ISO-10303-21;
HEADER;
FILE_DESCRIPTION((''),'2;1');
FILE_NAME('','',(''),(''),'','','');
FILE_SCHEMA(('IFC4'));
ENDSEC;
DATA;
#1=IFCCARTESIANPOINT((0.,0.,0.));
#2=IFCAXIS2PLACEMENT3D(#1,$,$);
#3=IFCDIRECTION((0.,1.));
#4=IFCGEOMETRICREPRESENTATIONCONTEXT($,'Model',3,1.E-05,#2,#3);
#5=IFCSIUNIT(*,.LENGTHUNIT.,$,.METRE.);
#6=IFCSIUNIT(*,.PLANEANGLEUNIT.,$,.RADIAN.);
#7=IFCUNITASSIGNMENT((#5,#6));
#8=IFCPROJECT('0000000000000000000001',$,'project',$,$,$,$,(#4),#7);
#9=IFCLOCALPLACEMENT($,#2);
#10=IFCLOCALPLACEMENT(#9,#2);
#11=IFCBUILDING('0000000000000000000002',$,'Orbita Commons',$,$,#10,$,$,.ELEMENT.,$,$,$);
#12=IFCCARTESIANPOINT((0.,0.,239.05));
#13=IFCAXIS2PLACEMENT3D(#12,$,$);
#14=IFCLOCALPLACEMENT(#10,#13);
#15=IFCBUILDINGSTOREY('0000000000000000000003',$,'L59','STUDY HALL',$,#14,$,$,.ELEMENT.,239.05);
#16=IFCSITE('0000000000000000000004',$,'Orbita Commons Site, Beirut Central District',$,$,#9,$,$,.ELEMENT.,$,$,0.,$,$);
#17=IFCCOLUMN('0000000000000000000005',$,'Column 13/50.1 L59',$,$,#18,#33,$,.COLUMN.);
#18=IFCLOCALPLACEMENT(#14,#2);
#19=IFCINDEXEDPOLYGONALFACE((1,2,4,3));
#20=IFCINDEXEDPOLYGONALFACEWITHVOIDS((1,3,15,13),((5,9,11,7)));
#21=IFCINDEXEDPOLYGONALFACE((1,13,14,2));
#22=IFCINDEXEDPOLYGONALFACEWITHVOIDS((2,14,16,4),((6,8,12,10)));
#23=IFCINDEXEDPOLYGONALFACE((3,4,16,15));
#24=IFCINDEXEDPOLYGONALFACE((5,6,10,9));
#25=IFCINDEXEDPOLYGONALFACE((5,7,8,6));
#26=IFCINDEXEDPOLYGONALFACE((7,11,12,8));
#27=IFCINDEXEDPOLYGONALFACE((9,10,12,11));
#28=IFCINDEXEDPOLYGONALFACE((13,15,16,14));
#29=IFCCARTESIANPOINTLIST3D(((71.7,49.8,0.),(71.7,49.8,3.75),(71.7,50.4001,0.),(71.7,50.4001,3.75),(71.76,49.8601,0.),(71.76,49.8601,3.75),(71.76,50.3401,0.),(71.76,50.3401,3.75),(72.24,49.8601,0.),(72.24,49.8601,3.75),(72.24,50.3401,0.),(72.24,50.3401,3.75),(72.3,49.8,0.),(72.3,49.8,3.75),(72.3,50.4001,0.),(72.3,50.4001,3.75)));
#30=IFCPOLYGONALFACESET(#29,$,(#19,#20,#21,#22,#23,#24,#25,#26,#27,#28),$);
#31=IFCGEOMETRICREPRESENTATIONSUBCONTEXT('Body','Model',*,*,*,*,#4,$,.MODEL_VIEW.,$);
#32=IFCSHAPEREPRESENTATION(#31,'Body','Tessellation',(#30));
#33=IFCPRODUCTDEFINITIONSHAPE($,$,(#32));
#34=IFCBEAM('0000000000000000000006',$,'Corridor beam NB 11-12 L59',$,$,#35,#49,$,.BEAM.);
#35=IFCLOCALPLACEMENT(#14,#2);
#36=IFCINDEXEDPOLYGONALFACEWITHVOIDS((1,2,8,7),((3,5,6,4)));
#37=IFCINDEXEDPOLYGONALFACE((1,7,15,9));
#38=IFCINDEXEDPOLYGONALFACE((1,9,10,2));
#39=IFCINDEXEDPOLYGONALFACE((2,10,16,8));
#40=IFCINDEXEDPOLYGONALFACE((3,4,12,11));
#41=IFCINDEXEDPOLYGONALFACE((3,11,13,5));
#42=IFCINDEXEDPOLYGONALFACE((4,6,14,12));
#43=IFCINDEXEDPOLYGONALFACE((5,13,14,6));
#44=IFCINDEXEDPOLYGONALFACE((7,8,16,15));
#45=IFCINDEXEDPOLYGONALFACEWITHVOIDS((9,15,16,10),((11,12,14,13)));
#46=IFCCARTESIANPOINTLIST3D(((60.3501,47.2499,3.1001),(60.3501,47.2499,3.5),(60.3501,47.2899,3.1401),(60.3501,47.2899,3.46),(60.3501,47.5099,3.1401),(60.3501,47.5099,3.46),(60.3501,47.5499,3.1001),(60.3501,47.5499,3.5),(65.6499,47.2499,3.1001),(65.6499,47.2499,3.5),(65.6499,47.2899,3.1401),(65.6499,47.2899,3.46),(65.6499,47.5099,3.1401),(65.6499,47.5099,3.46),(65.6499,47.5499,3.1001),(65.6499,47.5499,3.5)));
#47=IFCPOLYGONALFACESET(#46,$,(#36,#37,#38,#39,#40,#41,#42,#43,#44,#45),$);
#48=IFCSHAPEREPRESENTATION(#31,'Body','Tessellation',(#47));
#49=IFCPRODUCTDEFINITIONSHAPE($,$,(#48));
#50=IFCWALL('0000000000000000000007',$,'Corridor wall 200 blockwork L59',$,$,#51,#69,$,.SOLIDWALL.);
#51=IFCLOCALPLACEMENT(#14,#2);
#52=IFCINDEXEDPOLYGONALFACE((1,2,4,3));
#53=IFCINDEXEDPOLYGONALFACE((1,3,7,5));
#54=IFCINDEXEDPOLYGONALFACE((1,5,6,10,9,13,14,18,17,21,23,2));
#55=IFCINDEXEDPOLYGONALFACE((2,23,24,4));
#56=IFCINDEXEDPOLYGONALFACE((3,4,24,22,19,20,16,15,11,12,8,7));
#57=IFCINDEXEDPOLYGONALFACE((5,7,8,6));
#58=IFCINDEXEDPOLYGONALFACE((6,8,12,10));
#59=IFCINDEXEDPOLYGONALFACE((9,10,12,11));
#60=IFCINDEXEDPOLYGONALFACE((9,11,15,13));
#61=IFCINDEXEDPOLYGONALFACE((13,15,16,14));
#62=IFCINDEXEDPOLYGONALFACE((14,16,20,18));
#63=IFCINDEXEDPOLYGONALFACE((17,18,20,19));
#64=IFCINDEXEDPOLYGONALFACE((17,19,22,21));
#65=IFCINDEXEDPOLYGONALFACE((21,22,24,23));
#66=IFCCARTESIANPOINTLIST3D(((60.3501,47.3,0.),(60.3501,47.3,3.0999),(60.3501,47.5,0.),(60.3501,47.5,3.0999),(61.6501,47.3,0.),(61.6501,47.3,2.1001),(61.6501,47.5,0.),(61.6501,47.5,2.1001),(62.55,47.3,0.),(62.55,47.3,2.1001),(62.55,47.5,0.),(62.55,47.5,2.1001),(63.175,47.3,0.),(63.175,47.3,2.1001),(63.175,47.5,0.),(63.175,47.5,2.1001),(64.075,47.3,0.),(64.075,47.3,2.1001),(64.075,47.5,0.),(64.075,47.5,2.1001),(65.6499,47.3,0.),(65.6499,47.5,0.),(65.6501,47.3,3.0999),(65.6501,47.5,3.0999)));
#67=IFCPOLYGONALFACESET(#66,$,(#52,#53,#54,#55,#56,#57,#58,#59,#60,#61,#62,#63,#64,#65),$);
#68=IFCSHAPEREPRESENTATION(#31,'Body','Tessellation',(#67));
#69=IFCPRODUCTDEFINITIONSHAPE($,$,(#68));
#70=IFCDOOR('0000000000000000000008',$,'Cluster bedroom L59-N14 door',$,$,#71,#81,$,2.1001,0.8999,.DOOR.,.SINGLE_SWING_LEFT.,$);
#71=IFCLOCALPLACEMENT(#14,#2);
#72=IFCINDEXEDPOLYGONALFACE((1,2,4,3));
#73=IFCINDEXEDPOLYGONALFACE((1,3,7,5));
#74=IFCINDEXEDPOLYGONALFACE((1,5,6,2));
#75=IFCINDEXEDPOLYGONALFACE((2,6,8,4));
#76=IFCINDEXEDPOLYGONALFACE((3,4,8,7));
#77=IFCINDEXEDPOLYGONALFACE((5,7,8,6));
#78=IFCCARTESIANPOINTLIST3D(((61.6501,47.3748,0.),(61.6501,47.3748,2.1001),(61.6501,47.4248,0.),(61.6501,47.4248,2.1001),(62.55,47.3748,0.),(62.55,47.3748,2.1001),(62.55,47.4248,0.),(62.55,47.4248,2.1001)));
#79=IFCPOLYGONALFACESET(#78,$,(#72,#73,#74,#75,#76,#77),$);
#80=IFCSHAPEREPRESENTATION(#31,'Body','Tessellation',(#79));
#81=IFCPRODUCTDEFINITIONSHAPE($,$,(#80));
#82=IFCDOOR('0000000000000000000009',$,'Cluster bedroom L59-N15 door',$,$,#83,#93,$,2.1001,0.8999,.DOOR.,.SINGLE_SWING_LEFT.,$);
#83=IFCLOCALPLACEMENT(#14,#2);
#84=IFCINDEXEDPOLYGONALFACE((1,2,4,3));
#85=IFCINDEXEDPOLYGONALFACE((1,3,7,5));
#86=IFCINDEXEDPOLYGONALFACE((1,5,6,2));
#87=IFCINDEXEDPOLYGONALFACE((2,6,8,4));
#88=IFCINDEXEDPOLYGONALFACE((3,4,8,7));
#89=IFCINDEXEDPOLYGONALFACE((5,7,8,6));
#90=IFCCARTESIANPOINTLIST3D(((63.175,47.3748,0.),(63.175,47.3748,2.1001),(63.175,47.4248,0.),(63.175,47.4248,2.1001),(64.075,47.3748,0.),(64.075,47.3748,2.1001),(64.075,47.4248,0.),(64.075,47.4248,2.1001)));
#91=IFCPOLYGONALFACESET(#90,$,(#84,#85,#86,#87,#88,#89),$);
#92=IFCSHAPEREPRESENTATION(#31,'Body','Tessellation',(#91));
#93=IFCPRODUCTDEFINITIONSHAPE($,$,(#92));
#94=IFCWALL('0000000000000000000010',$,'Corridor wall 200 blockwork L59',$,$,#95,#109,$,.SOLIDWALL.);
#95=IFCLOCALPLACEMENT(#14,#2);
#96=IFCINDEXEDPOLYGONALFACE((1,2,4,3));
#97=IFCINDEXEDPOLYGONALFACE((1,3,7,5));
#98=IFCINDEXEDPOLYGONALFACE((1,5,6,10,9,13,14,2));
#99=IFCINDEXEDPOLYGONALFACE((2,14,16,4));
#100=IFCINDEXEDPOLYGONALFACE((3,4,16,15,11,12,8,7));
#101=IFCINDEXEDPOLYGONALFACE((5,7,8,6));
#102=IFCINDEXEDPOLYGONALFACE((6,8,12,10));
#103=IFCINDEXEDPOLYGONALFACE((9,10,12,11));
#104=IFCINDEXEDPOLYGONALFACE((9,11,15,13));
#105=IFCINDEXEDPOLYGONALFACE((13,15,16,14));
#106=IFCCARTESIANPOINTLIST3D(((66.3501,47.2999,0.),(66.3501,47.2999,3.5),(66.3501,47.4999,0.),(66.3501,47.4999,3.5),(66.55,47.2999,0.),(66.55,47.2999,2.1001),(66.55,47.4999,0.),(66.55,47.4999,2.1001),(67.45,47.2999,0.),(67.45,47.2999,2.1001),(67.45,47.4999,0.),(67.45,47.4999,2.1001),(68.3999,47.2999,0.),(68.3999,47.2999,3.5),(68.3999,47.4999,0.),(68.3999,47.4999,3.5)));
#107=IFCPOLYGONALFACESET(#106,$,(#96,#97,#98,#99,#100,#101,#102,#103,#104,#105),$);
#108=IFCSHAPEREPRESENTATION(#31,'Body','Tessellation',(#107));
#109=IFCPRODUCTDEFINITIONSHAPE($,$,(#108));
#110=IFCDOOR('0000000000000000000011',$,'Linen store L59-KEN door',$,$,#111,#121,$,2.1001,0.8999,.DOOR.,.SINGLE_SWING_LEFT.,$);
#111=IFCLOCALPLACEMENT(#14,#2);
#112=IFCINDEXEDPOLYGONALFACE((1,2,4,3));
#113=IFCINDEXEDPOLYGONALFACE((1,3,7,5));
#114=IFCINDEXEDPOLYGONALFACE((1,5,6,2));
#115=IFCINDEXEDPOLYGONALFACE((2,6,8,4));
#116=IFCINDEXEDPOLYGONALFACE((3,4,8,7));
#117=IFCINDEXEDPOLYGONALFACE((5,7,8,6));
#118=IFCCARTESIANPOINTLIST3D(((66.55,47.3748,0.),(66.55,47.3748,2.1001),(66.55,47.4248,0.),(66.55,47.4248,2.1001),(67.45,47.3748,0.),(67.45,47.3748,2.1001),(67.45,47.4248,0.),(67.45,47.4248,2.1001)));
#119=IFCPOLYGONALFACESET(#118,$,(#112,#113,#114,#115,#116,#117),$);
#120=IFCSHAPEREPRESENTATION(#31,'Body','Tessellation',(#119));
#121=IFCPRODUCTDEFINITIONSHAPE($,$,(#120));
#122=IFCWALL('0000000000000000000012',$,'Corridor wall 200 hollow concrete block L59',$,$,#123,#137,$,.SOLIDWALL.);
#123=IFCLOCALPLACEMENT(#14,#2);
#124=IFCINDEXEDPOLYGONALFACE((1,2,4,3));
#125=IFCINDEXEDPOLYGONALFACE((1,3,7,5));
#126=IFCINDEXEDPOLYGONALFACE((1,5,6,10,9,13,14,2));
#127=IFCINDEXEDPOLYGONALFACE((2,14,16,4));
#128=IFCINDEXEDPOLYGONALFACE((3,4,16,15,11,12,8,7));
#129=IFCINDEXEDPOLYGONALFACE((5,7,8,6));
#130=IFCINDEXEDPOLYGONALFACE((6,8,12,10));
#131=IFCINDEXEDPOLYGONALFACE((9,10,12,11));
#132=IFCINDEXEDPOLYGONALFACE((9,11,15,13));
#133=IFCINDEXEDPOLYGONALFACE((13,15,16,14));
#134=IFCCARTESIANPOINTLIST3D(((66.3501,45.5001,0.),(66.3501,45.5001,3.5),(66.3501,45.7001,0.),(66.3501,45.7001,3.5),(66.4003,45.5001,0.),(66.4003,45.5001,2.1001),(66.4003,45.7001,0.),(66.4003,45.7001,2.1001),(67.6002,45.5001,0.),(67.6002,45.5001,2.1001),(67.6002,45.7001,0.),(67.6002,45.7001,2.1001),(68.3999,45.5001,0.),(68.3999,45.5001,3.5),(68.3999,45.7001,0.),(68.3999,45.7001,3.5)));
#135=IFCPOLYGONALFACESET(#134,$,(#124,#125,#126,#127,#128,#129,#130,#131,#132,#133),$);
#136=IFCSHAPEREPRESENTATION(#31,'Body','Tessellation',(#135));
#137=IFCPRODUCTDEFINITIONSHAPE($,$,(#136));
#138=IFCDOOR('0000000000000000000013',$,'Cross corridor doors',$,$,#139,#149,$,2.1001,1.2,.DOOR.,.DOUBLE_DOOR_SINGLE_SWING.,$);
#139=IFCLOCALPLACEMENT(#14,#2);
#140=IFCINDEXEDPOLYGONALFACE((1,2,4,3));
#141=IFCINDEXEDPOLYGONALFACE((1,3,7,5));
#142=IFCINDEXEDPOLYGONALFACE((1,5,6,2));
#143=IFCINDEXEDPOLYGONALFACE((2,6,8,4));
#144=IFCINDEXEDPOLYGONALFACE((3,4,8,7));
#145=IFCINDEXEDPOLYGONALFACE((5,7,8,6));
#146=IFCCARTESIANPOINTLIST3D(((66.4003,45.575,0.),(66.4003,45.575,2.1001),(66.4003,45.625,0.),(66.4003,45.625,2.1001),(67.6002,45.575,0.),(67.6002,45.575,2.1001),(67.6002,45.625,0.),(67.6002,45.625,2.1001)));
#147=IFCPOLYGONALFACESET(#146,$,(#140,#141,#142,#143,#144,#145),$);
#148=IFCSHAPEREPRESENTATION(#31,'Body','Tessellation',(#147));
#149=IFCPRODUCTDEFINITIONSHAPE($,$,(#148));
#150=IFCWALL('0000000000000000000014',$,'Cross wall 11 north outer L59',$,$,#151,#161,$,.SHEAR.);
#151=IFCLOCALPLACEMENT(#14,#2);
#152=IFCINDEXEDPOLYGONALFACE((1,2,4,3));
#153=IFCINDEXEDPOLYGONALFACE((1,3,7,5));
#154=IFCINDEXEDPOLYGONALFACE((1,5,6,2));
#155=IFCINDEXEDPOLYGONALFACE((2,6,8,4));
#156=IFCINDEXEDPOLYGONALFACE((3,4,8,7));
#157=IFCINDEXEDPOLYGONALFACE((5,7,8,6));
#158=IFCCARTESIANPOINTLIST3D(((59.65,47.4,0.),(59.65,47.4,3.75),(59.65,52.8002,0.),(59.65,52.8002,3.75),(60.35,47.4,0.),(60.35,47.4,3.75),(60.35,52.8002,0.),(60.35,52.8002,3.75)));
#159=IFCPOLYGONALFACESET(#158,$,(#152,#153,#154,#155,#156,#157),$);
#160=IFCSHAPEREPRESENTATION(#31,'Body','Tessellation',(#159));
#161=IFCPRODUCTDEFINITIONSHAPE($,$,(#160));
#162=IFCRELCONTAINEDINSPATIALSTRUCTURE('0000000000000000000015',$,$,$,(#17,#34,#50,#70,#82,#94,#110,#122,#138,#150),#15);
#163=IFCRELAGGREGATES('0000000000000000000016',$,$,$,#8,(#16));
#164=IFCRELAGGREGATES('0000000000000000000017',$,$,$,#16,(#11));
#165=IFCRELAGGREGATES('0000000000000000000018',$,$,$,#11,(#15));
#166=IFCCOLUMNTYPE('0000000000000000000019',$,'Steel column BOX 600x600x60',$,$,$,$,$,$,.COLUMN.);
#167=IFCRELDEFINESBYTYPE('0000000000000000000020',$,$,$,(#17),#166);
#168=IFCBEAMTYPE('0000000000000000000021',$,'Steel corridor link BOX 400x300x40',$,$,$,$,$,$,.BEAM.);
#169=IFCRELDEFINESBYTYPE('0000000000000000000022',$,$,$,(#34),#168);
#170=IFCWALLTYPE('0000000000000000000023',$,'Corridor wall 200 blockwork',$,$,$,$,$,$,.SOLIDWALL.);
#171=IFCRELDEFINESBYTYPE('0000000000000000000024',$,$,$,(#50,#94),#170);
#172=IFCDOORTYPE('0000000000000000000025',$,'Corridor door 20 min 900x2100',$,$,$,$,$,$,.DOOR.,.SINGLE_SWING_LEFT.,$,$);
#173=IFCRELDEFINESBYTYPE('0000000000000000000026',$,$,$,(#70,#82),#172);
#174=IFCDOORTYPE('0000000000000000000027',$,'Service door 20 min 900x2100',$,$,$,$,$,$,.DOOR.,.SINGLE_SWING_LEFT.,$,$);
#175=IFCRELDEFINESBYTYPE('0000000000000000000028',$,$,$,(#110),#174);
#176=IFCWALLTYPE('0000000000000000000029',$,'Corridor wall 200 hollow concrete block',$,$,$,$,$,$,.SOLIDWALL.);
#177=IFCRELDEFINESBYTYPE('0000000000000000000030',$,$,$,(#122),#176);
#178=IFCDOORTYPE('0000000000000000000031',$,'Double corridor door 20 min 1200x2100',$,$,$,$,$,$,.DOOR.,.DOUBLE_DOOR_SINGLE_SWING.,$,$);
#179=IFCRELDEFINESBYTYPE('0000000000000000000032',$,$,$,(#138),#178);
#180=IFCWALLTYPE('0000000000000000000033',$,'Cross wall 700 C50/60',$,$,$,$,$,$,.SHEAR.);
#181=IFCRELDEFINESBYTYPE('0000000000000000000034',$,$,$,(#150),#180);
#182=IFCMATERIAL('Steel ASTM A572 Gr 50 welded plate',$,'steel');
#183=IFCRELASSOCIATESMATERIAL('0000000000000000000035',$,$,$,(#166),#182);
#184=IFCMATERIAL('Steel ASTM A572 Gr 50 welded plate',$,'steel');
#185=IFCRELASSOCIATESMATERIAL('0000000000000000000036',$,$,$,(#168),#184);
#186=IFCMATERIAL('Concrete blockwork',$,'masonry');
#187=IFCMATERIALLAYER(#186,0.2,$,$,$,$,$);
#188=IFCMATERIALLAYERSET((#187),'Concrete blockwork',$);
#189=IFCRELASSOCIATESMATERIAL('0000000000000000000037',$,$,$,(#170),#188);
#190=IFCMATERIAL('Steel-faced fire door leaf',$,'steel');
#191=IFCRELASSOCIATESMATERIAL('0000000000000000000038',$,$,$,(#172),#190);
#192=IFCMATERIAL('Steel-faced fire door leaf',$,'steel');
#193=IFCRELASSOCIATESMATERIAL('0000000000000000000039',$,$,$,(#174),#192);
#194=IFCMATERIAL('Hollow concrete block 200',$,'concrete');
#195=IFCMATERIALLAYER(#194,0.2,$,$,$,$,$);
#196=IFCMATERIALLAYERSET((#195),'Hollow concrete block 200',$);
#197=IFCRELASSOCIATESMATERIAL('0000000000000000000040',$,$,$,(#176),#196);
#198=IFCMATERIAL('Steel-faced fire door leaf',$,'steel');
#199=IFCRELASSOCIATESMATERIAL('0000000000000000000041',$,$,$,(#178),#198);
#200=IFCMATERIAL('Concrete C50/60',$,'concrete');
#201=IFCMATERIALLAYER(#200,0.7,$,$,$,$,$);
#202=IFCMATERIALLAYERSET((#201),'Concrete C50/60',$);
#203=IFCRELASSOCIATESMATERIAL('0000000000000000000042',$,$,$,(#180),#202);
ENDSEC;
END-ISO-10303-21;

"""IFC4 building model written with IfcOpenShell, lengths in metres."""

from ifc_helpers import new_model, si_unit, direction, frame, frame_2d, origin, origin_2d, place, context, subcontext, project, spatial, polyline, rectangle, hollow_rectangle, outline, extrude, material, layer, layer_set, material_profile, profile_set, type_object, element, fill, save


model = new_model("IFC4")

# Units and contexts
model_context = context("Model", 3, precision=1e-05, world=origin(), true_north=direction((0.0, 1.0)))
body_context = subcontext(model_context, "Body", "Model", "MODEL_VIEW")
ifc_project = project(units=[si_unit("LENGTHUNIT", "METRE"), si_unit("PLANEANGLEUNIT", "RADIAN")], contexts=[model_context])

# Site, building, storey
site_placement = place(None, origin())
site = spatial("IfcSite", under=ifc_project, at=site_placement, Name="Orbita Commons Site, Beirut Central District", CompositionType="ELEMENT", RefElevation=0.0)
building_placement = place(site_placement, origin())
building = spatial("IfcBuilding", under=site, at=building_placement, Name="Orbita Commons", CompositionType="ELEMENT")
storey_placement = place(building_placement, frame((0.0, 0.0, 239.05)))
storey = spatial("IfcBuildingStorey", under=building, at=storey_placement, Name="L59", Description="STUDY HALL", CompositionType="ELEMENT", Elevation=239.05)

# Column
ifc_material_1 = material(Name="Steel ASTM A572 Gr 50 welded plate", Category="steel")
ifc_material_profile_1 = material_profile(ifc_material_1, hollow_rectangle(XDim=0.6001, YDim=0.6001, WallThickness=0.0601, at=origin_2d()), Name="BOX 600x600x60")
ifc_profile_set_1 = profile_set([ifc_material_profile_1], Name="Steel ASTM A572 Gr 50 welded plate")
column_type = type_object("IfcColumnType", Name="Steel column BOX 600x600x60", PredefinedType="COLUMN", material=ifc_profile_set_1)
column_placement = place(storey_placement, frame((72.0, 50.1001, 0.0), z_axis=(0.0, 0.0, 1.0), x_axis=(1.0, 0.0, 0.0)))
element("IfcColumn", 1, at=column_placement, inside=storey, type_object=column_type, Name="Column 13/50.1 L59", PredefinedType="COLUMN", context=body_context, shape_type="SweptSolid", body=[
    extrude(hollow_rectangle(XDim=0.6001, YDim=0.6001, WallThickness=0.0601, at=origin_2d()), origin(), (0.0, 0.0, 1.0), 3.75),
])

# Beam
ifc_material_2 = material(Name="Steel ASTM A572 Gr 50 welded plate", Category="steel")
ifc_material_profile_2 = material_profile(ifc_material_2, hollow_rectangle(XDim=0.3, YDim=0.3999, WallThickness=0.04, at=origin_2d()), Name="BOX 400x300x40")
ifc_profile_set_2 = profile_set([ifc_material_profile_2], Name="Steel ASTM A572 Gr 50 welded plate")
beam_type = type_object("IfcBeamType", Name="Steel corridor link BOX 400x300x40", PredefinedType="BEAM", material=ifc_profile_set_2)
beam_placement = place(storey_placement, frame((60.3501, 47.3999, 3.3), z_axis=(1.0, 0.0, 0.0), x_axis=(0.0, 1.0, 0.0)))
element("IfcBeam", 2, at=beam_placement, inside=storey, type_object=beam_type, Name="Corridor beam NB 11-12 L59", PredefinedType="BEAM", context=body_context, shape_type="SweptSolid", body=[
    extrude(hollow_rectangle(XDim=0.3, YDim=0.3999, WallThickness=0.04, at=origin_2d()), origin(), (0.0, 0.0, 1.0), 5.2998),
])

# Wall, openings, doors
ifc_material_3 = material(Name="Concrete blockwork", Category="masonry")
ifc_layer_1 = layer(ifc_material_3, 0.2)
ifc_layer_set_1 = layer_set([ifc_layer_1], Name="Concrete blockwork")
wall_type_1 = type_object("IfcWallType", Name="Corridor wall 200 blockwork", PredefinedType="SOLIDWALL", material=ifc_layer_set_1)
wall_1_placement = place(storey_placement, frame((60.3501, 47.3999, 0.0), z_axis=(0.0, 0.0, 1.0), x_axis=(1.0, 0.0, 0.0)))
wall_1 = element("IfcWall", 3, at=wall_1_placement, inside=storey, type_object=wall_type_1, Name="Corridor wall 200 blockwork L59", PredefinedType="SOLIDWALL", context=body_context, shape_type="SweptSolid", body=[
    extrude(outline(polyline([(0.0, 0.0), (5.2998, 0.0), (5.3, 3.0999), (0.0, 3.0999), (0.0, 0.0)])), frame((0.0, 0.1001, 0.0), z_axis=(0.0, -1.0, 0.0), x_axis=(1.0, 0.0, 0.0)), (0.0, 0.0, 1.0), 0.2),
])
opening_1_placement = place(wall_1_placement, frame((1.3, 0.0, 0.0)))
opening_1 = element("IfcOpeningElement", 4, at=opening_1_placement, cuts=wall_1, PredefinedType="OPENING", context=body_context, shape_type="SweptSolid", body=[
    extrude(rectangle(XDim=0.8999, YDim=2.1001, at=frame_2d((0.45, 1.05))), frame((0.0, 0.1099, 0.0), z_axis=(0.0, -1.0, 0.0), x_axis=(1.0, 0.0, 0.0)), (0.0, 0.0, 1.0), 0.22),
])
opening_2_placement = place(wall_1_placement, frame((2.825, 0.0, 0.0)))
opening_2 = element("IfcOpeningElement", 5, at=opening_2_placement, cuts=wall_1, PredefinedType="OPENING", context=body_context, shape_type="SweptSolid", body=[
    extrude(rectangle(XDim=0.8999, YDim=2.1001, at=frame_2d((0.45, 1.05))), frame((0.0, 0.1099, 0.0), z_axis=(0.0, -1.0, 0.0), x_axis=(1.0, 0.0, 0.0)), (0.0, 0.0, 1.0), 0.22),
])
ifc_material_4 = material(Name="Steel-faced fire door leaf", Category="steel")
door_type_1 = type_object("IfcDoorType", Name="Corridor door 20 min 900x2100", OperationType="SINGLE_SWING_LEFT", PredefinedType="DOOR", material=ifc_material_4)
door_1_placement = place(opening_1_placement, origin())
door_1 = element("IfcDoor", 6, at=door_1_placement, inside=storey, type_object=door_type_1, Name="Cluster bedroom L59-N14 door", OperationType="SINGLE_SWING_LEFT", OverallHeight=2.1001, OverallWidth=0.8999, PredefinedType="DOOR", context=body_context, shape_type="SweptSolid", body=[
    extrude(rectangle(XDim=0.8999, YDim=2.1001, at=frame_2d((0.45, 1.05))), frame((0.0, 0.0249, 0.0), z_axis=(0.0, -1.0, 0.0), x_axis=(1.0, 0.0, 0.0)), (0.0, 0.0, 1.0), 0.05),
])
fill(opening_1, door_1)
door_2_placement = place(opening_2_placement, origin())
door_2 = element("IfcDoor", 7, at=door_2_placement, inside=storey, type_object=door_type_1, Name="Cluster bedroom L59-N15 door", OperationType="SINGLE_SWING_LEFT", OverallHeight=2.1001, OverallWidth=0.8999, PredefinedType="DOOR", context=body_context, shape_type="SweptSolid", body=[
    extrude(rectangle(XDim=0.8999, YDim=2.1001, at=frame_2d((0.45, 1.05))), frame((0.0, 0.0249, 0.0), z_axis=(0.0, -1.0, 0.0), x_axis=(1.0, 0.0, 0.0)), (0.0, 0.0, 1.0), 0.05),
])
fill(opening_2, door_2)

# Walls, openings, doors
wall_2_placement = place(storey_placement, frame((66.3501, 47.3999, 0.0), z_axis=(0.0, 0.0, 1.0), x_axis=(1.0, 0.0, 0.0)))
wall_2 = element("IfcWall", 8, at=wall_2_placement, inside=storey, type_object=wall_type_1, Name="Corridor wall 200 blockwork L59", PredefinedType="SOLIDWALL", context=body_context, shape_type="SweptSolid", body=[
    extrude(rectangle(XDim=2.0498, YDim=0.2, at=frame_2d((1.0249, 0.0))), origin(), (0.0, 0.0, 1.0), 3.5),
])
opening_3_placement = place(wall_2_placement, frame((0.2, 0.0, 0.0)))
opening_3 = element("IfcOpeningElement", 9, at=opening_3_placement, cuts=wall_2, PredefinedType="OPENING", context=body_context, shape_type="SweptSolid", body=[
    extrude(rectangle(XDim=0.8999, YDim=2.1001, at=frame_2d((0.45, 1.05))), frame((0.0, 0.1099, 0.0), z_axis=(0.0, -1.0, 0.0), x_axis=(1.0, 0.0, 0.0)), (0.0, 0.0, 1.0), 0.22),
])
ifc_material_5 = material(Name="Steel-faced fire door leaf", Category="steel")
door_type_2 = type_object("IfcDoorType", Name="Service door 20 min 900x2100", OperationType="SINGLE_SWING_LEFT", PredefinedType="DOOR", material=ifc_material_5)
door_3_placement = place(opening_3_placement, origin())
door_3 = element("IfcDoor", 10, at=door_3_placement, inside=storey, type_object=door_type_2, Name="Linen store L59-KEN door", OperationType="SINGLE_SWING_LEFT", OverallHeight=2.1001, OverallWidth=0.8999, PredefinedType="DOOR", context=body_context, shape_type="SweptSolid", body=[
    extrude(rectangle(XDim=0.8999, YDim=2.1001, at=frame_2d((0.45, 1.05))), frame((0.0, 0.0249, 0.0), z_axis=(0.0, -1.0, 0.0), x_axis=(1.0, 0.0, 0.0)), (0.0, 0.0, 1.0), 0.05),
])
fill(opening_3, door_3)
ifc_material_6 = material(Name="Hollow concrete block 200", Category="concrete")
ifc_layer_2 = layer(ifc_material_6, 0.2)
ifc_layer_set_2 = layer_set([ifc_layer_2], Name="Hollow concrete block 200")
wall_type_2 = type_object("IfcWallType", Name="Corridor wall 200 hollow concrete block", PredefinedType="SOLIDWALL", material=ifc_layer_set_2)
wall_3_placement = place(storey_placement, frame((66.3501, 45.6001, 0.0), z_axis=(0.0, 0.0, 1.0), x_axis=(1.0, 0.0, 0.0)))
wall_3 = element("IfcWall", 11, at=wall_3_placement, inside=storey, type_object=wall_type_2, Name="Corridor wall 200 hollow concrete block L59", PredefinedType="SOLIDWALL", context=body_context, shape_type="SweptSolid", body=[
    extrude(rectangle(XDim=2.0498, YDim=0.2, at=frame_2d((1.0249, 0.0))), origin(), (0.0, 0.0, 1.0), 3.5),
])
opening_4_placement = place(wall_3_placement, frame((0.05, 0.0, 0.0)))
opening_4 = element("IfcOpeningElement", 12, at=opening_4_placement, cuts=wall_3, PredefinedType="OPENING", context=body_context, shape_type="SweptSolid", body=[
    extrude(rectangle(XDim=1.2, YDim=2.1001, at=frame_2d((0.6001, 1.05))), frame((0.0, 0.1099, 0.0), z_axis=(0.0, -1.0, 0.0), x_axis=(1.0, 0.0, 0.0)), (0.0, 0.0, 1.0), 0.22),
])
ifc_material_7 = material(Name="Steel-faced fire door leaf", Category="steel")
door_type_3 = type_object("IfcDoorType", Name="Double corridor door 20 min 1200x2100", OperationType="DOUBLE_DOOR_SINGLE_SWING", PredefinedType="DOOR", material=ifc_material_7)
door_4_placement = place(opening_4_placement, origin())
door_4 = element("IfcDoor", 13, at=door_4_placement, inside=storey, type_object=door_type_3, Name="Cross corridor doors", OperationType="DOUBLE_DOOR_SINGLE_SWING", OverallHeight=2.1001, OverallWidth=1.2, PredefinedType="DOOR", context=body_context, shape_type="SweptSolid", body=[
    extrude(rectangle(XDim=1.2, YDim=2.1001, at=frame_2d((0.6001, 1.05))), frame((0.0, 0.0249, 0.0), z_axis=(0.0, -1.0, 0.0), x_axis=(1.0, 0.0, 0.0)), (0.0, 0.0, 1.0), 0.05),
])
fill(opening_4, door_4)

# Wall
ifc_material_8 = material(Name="Concrete C50/60", Category="concrete")
ifc_layer_3 = layer(ifc_material_8, 0.7)
ifc_layer_set_3 = layer_set([ifc_layer_3], Name="Concrete C50/60")
wall_type_3 = type_object("IfcWallType", Name="Cross wall 700 C50/60", PredefinedType="SHEAR", material=ifc_layer_set_3)
for number, where, z_axis, x_axis, name in (
    (14, (60.0, 47.3999, 0.0), (0.0, 0.0, 1.0), (0.0, 1.0, 0.0), "Cross wall 11 north outer L59"),
):
    element("IfcWall", number, at=place(storey_placement, frame(where, z_axis=z_axis, x_axis=x_axis)), inside=storey, type_object=wall_type_3, Name=name, PredefinedType="SHEAR", context=body_context, shape_type="SweptSolid", body=[
        extrude(rectangle(XDim=5.4001, YDim=0.7, at=frame_2d((2.7002, 0.0))), origin(), (0.0, 0.0, 1.0), 3.75),
    ])

save(model, "model.ifc")
